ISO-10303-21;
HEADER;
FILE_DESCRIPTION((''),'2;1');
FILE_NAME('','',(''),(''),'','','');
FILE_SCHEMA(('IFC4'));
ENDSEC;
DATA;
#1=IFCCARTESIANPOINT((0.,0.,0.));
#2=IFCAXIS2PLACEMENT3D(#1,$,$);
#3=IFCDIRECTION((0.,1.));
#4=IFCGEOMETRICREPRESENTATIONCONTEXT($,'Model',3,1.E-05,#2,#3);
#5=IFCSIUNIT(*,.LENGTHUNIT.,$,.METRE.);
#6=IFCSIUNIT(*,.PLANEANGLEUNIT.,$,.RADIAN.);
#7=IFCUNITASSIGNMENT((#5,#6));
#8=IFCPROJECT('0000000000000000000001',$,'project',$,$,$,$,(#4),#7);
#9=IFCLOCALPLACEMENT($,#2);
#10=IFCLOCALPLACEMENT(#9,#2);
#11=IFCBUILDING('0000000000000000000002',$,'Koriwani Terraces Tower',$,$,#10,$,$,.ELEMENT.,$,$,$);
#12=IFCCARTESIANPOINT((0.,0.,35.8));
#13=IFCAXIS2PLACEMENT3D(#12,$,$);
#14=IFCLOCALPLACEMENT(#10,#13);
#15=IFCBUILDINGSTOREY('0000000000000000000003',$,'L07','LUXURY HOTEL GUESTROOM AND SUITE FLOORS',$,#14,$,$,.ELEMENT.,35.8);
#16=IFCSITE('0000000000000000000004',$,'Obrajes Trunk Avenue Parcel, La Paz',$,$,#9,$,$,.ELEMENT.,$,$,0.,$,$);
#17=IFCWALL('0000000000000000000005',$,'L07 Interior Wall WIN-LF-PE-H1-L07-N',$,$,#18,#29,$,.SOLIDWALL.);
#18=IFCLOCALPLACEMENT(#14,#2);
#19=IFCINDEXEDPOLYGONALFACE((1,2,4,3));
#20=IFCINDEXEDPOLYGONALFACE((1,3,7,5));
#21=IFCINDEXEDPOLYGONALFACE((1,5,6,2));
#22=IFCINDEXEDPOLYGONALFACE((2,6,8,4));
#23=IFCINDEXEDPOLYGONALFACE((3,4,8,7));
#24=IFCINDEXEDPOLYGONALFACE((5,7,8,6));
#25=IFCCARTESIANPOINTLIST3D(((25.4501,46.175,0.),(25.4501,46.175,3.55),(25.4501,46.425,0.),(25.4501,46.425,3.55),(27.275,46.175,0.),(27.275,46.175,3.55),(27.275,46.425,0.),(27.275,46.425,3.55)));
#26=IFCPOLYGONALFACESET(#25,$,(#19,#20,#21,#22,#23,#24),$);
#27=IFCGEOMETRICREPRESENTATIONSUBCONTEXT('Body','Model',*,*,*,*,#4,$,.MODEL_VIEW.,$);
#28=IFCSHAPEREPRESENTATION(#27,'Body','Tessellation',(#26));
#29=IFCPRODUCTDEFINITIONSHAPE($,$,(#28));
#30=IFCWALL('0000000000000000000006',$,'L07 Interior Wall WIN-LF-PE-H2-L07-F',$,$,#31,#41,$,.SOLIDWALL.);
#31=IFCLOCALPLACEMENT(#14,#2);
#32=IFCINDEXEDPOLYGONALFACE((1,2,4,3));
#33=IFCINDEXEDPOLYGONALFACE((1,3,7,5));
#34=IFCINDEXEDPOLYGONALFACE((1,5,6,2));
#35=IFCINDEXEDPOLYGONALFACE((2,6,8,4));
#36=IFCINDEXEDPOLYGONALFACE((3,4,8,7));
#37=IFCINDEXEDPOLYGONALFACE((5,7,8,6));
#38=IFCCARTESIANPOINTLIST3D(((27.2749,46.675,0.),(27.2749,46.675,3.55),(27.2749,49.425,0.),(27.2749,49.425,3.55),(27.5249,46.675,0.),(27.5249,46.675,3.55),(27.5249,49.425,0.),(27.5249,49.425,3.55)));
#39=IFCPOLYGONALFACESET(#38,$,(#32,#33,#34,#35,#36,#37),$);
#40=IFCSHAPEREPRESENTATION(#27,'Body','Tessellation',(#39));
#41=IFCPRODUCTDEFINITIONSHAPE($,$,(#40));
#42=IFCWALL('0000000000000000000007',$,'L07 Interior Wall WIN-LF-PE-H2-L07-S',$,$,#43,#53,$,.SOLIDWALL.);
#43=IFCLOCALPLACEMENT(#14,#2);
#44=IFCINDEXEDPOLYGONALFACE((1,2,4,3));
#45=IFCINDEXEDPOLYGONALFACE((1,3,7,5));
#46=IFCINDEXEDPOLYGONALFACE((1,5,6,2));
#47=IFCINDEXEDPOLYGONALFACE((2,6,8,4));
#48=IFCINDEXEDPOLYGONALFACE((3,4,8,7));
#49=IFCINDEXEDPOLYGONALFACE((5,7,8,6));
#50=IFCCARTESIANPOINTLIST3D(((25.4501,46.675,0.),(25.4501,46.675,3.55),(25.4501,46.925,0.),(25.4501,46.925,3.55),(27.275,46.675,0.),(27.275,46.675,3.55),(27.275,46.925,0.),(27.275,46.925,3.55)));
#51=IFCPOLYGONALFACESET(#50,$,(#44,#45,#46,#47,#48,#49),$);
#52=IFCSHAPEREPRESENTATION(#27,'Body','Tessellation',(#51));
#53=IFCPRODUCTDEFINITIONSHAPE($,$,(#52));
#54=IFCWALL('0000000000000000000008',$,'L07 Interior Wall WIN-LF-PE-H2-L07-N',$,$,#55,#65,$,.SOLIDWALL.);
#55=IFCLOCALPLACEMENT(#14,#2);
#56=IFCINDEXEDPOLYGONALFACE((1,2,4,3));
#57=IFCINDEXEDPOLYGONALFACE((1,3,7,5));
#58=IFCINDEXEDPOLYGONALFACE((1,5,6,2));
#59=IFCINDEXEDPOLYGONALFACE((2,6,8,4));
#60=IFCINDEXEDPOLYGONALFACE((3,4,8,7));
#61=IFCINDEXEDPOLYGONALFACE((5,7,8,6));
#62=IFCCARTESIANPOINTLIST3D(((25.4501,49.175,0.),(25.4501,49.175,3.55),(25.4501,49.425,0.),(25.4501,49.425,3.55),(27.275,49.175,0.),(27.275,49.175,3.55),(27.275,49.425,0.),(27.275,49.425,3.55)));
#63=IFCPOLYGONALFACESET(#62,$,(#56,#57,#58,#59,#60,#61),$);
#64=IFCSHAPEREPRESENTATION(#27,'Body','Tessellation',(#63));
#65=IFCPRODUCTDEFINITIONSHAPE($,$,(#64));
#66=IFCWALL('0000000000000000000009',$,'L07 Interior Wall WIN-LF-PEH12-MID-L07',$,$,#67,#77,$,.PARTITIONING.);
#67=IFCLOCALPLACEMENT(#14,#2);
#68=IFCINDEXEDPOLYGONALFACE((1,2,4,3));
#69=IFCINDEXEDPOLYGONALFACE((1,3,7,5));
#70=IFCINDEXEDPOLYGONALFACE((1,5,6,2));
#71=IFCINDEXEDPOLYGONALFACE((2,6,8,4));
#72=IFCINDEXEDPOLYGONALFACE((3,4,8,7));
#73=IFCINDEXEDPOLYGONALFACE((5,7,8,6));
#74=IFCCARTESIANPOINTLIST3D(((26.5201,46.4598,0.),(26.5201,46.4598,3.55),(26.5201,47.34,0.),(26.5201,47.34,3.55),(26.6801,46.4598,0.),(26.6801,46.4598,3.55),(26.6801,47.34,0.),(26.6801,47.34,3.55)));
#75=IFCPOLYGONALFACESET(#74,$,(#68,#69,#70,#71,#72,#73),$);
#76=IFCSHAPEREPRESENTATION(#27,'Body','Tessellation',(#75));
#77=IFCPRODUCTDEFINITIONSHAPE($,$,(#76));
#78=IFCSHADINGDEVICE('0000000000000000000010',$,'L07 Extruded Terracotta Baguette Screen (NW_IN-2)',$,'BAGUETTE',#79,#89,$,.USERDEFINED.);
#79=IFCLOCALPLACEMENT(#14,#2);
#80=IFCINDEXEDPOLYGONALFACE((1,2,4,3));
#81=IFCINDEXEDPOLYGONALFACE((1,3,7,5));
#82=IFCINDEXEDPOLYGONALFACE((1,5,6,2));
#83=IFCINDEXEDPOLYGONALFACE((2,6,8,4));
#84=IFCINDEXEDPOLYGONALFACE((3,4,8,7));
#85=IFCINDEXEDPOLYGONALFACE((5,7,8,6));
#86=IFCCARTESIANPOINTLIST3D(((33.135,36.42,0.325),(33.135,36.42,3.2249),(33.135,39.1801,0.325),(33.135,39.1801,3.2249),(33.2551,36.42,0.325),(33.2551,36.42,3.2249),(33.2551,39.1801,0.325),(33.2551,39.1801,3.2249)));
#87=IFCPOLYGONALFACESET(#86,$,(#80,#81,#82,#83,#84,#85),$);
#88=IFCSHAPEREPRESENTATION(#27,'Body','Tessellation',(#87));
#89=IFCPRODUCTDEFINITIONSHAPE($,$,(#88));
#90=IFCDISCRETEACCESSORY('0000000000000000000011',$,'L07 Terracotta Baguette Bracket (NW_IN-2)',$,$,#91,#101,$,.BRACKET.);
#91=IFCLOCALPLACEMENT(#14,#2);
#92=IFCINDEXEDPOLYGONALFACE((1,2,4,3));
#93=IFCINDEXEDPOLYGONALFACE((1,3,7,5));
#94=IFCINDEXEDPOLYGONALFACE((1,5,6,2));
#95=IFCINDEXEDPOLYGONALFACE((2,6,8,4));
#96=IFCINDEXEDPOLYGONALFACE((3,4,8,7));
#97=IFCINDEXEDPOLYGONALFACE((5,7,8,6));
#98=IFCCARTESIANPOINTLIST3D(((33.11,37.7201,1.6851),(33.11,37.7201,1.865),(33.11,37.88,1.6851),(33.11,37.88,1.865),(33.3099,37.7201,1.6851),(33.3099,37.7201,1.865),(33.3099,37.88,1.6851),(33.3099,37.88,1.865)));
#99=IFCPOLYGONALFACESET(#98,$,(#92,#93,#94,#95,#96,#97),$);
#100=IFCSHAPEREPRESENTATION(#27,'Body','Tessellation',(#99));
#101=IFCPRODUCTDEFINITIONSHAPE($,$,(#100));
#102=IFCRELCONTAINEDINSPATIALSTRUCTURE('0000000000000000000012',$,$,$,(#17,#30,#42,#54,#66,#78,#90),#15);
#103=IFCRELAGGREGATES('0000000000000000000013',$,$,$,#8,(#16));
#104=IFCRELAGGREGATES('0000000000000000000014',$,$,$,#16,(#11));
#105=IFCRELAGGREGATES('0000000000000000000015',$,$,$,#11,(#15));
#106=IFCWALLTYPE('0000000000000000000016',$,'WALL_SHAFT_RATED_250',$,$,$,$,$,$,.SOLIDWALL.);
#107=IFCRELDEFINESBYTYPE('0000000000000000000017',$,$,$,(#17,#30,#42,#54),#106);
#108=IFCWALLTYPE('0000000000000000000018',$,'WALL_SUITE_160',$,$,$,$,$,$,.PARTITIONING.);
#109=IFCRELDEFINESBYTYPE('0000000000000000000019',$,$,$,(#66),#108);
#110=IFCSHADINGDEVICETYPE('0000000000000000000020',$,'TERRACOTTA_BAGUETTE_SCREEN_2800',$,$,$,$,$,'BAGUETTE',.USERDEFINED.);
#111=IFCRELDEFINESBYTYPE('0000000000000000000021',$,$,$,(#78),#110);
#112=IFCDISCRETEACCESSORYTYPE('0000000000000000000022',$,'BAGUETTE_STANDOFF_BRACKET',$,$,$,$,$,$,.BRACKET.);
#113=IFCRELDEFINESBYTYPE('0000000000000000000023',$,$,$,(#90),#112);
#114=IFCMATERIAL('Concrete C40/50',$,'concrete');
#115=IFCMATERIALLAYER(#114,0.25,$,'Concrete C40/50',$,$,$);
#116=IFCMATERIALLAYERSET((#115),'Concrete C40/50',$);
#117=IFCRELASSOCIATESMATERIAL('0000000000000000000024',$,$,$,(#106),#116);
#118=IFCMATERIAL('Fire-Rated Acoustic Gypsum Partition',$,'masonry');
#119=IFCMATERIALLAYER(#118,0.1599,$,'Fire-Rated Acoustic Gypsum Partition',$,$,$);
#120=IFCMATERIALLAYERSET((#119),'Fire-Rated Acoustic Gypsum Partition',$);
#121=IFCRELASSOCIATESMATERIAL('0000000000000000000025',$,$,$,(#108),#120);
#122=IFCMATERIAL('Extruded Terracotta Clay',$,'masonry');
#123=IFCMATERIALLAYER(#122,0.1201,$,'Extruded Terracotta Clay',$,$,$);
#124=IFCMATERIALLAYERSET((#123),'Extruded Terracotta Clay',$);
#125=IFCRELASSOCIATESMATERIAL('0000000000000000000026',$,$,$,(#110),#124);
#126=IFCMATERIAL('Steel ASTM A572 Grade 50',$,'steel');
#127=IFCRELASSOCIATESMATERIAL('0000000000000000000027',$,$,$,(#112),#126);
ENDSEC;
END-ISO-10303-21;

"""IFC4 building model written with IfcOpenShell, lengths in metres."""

from ifc_helpers import new_model, si_unit, direction, frame, frame_2d, origin, origin_2d, place, context, subcontext, project, spatial, rectangle, extrude, material, layer, layer_set, type_object, element, save


model = new_model("IFC4")

# Units and contexts
model_context = context("Model", 3, precision=1e-05, world=origin(), true_north=direction((0.0, 1.0)))
body_context = subcontext(model_context, "Body", "Model", "MODEL_VIEW")
ifc_project = project(units=[si_unit("LENGTHUNIT", "METRE"), si_unit("PLANEANGLEUNIT", "RADIAN")], contexts=[model_context])

# Site, building, storey
site_placement = place(None, origin())
site = spatial("IfcSite", under=ifc_project, at=site_placement, Name="Obrajes Trunk Avenue Parcel, La Paz", CompositionType="ELEMENT", RefElevation=0.0)
building_placement = place(site_placement, origin())
building = spatial("IfcBuilding", under=site, at=building_placement, Name="Koriwani Terraces Tower", CompositionType="ELEMENT")
storey_placement = place(building_placement, frame((0.0, 0.0, 35.8)))
storey = spatial("IfcBuildingStorey", under=building, at=storey_placement, Name="L07", Description="LUXURY HOTEL GUESTROOM AND SUITE FLOORS", CompositionType="ELEMENT", Elevation=35.8)

# Shared definitions
ifc_material_1 = material(Name="Steel ASTM A572 Grade 50", Category="steel")

# Shared definitions
ifc_material_2 = material(Name="Concrete C40/50", Category="concrete")
ifc_layer_1 = layer(ifc_material_2, 0.25, Name="Concrete C40/50")
ifc_layer_set_1 = layer_set([ifc_layer_1], Name="Concrete C40/50")
wall_type_1 = type_object("IfcWallType", Name="WALL_SHAFT_RATED_250", PredefinedType="SOLIDWALL", material=ifc_layer_set_1)

# Walls
for number, where, z_axis, x_axis, name in (
    (1, (25.45, 46.3, 0.0), (0.0, 0.0, 1.0), (1.0, 0.0, 0.0), "L07 Interior Wall WIN-LF-PE-H1-L07-N"),
):
    element("IfcWall", number, at=place(storey_placement, frame(where, z_axis=z_axis, x_axis=x_axis)), inside=storey, type_object=wall_type_1, Name=name, PredefinedType="SOLIDWALL", context=body_context, shape_type="SweptSolid", body=[
        extrude(rectangle(XDim=1.825, YDim=0.25, at=frame_2d((0.9126, 0.0))), origin(), (0.0, 0.0, 1.0), 3.55),
    ])
wall_1_placement = place(storey_placement, frame((27.3999, 46.675, 0.0), z_axis=(0.0, 0.0, 1.0), x_axis=(0.0, 1.0, 0.0)))
element("IfcWall", 2, at=wall_1_placement, inside=storey, type_object=wall_type_1, Name="L07 Interior Wall WIN-LF-PE-H2-L07-F", PredefinedType="SOLIDWALL", context=body_context, shape_type="SweptSolid", body=[
    extrude(rectangle(XDim=2.75, YDim=0.25, at=frame_2d((1.375, 0.0))), origin(), (0.0, 0.0, 1.0), 3.55),
])
for number, where, z_axis, x_axis, name in (
    (3, (25.45, 46.8, 0.0), (0.0, 0.0, 1.0), (1.0, 0.0, 0.0), "L07 Interior Wall WIN-LF-PE-H2-L07-S"),
    (4, (25.45, 49.3, 0.0), (0.0, 0.0, 1.0), (1.0, 0.0, 0.0), "L07 Interior Wall WIN-LF-PE-H2-L07-N"),
):
    element("IfcWall", number, at=place(storey_placement, frame(where, z_axis=z_axis, x_axis=x_axis)), inside=storey, type_object=wall_type_1, Name=name, PredefinedType="SOLIDWALL", context=body_context, shape_type="SweptSolid", body=[
        extrude(rectangle(XDim=1.825, YDim=0.25, at=frame_2d((0.9126, 0.0))), origin(), (0.0, 0.0, 1.0), 3.55),
    ])
ifc_material_3 = material(Name="Fire-Rated Acoustic Gypsum Partition", Category="masonry")
ifc_layer_2 = layer(ifc_material_3, 0.1599, Name="Fire-Rated Acoustic Gypsum Partition")
ifc_layer_set_2 = layer_set([ifc_layer_2], Name="Fire-Rated Acoustic Gypsum Partition")
wall_type_2 = type_object("IfcWallType", Name="WALL_SUITE_160", PredefinedType="PARTITIONING", material=ifc_layer_set_2)
wall_2_placement = place(storey_placement, frame((26.6001, 46.46, 0.0), z_axis=(0.0, 0.0, 1.0), x_axis=(0.0, 1.0, 0.0)))
element("IfcWall", 5, at=wall_2_placement, inside=storey, type_object=wall_type_2, Name="L07 Interior Wall WIN-LF-PEH12-MID-L07", PredefinedType="PARTITIONING", context=body_context, shape_type="SweptSolid", body=[
    extrude(rectangle(XDim=0.8801, YDim=0.1599, at=frame_2d((0.4399, 0.0))), origin(), (0.0, 0.0, 1.0), 3.55),
])

# Shading device
ifc_material_4 = material(Name="Extruded Terracotta Clay", Category="masonry")
ifc_layer_3 = layer(ifc_material_4, 0.1201, Name="Extruded Terracotta Clay")
ifc_layer_set_3 = layer_set([ifc_layer_3], Name="Extruded Terracotta Clay")
shading_device_type = type_object("IfcShadingDeviceType", Name="TERRACOTTA_BAGUETTE_SCREEN_2800", ElementType="BAGUETTE", PredefinedType="USERDEFINED", material=ifc_layer_set_3)
shading_device_placement = place(storey_placement, frame((33.1951, 37.8, 0.325), z_axis=(0.0, 0.0, 1.0), x_axis=(0.0, -1.0, 0.0)))
element("IfcShadingDevice", 6, at=shading_device_placement, inside=storey, type_object=shading_device_type, Name="L07 Extruded Terracotta Baguette Screen (NW_IN-2)", ObjectType="BAGUETTE", PredefinedType="USERDEFINED", context=body_context, shape_type="SweptSolid", body=[
    extrude(rectangle(XDim=2.76, YDim=0.1201, at=origin_2d()), origin(), (0.0, 0.0, 1.0), 2.8999),
])

# Discrete accessory
discrete_accessory_type = type_object("IfcDiscreteAccessoryType", Name="BAGUETTE_STANDOFF_BRACKET", PredefinedType="BRACKET", material=ifc_material_1)
discrete_accessory_placement = place(storey_placement, frame((33.21, 37.8, 1.6851), z_axis=(0.0, 0.0, 1.0), x_axis=(0.0, -1.0, 0.0)))
element("IfcDiscreteAccessory", 7, at=discrete_accessory_placement, inside=storey, type_object=discrete_accessory_type, Name="L07 Terracotta Baguette Bracket (NW_IN-2)", PredefinedType="BRACKET", context=body_context, shape_type="SweptSolid", body=[
    extrude(rectangle(XDim=0.1599, YDim=0.2, at=origin_2d()), origin(), (0.0, 0.0, 1.0), 0.1799),
])

save(model, "model.ifc")
